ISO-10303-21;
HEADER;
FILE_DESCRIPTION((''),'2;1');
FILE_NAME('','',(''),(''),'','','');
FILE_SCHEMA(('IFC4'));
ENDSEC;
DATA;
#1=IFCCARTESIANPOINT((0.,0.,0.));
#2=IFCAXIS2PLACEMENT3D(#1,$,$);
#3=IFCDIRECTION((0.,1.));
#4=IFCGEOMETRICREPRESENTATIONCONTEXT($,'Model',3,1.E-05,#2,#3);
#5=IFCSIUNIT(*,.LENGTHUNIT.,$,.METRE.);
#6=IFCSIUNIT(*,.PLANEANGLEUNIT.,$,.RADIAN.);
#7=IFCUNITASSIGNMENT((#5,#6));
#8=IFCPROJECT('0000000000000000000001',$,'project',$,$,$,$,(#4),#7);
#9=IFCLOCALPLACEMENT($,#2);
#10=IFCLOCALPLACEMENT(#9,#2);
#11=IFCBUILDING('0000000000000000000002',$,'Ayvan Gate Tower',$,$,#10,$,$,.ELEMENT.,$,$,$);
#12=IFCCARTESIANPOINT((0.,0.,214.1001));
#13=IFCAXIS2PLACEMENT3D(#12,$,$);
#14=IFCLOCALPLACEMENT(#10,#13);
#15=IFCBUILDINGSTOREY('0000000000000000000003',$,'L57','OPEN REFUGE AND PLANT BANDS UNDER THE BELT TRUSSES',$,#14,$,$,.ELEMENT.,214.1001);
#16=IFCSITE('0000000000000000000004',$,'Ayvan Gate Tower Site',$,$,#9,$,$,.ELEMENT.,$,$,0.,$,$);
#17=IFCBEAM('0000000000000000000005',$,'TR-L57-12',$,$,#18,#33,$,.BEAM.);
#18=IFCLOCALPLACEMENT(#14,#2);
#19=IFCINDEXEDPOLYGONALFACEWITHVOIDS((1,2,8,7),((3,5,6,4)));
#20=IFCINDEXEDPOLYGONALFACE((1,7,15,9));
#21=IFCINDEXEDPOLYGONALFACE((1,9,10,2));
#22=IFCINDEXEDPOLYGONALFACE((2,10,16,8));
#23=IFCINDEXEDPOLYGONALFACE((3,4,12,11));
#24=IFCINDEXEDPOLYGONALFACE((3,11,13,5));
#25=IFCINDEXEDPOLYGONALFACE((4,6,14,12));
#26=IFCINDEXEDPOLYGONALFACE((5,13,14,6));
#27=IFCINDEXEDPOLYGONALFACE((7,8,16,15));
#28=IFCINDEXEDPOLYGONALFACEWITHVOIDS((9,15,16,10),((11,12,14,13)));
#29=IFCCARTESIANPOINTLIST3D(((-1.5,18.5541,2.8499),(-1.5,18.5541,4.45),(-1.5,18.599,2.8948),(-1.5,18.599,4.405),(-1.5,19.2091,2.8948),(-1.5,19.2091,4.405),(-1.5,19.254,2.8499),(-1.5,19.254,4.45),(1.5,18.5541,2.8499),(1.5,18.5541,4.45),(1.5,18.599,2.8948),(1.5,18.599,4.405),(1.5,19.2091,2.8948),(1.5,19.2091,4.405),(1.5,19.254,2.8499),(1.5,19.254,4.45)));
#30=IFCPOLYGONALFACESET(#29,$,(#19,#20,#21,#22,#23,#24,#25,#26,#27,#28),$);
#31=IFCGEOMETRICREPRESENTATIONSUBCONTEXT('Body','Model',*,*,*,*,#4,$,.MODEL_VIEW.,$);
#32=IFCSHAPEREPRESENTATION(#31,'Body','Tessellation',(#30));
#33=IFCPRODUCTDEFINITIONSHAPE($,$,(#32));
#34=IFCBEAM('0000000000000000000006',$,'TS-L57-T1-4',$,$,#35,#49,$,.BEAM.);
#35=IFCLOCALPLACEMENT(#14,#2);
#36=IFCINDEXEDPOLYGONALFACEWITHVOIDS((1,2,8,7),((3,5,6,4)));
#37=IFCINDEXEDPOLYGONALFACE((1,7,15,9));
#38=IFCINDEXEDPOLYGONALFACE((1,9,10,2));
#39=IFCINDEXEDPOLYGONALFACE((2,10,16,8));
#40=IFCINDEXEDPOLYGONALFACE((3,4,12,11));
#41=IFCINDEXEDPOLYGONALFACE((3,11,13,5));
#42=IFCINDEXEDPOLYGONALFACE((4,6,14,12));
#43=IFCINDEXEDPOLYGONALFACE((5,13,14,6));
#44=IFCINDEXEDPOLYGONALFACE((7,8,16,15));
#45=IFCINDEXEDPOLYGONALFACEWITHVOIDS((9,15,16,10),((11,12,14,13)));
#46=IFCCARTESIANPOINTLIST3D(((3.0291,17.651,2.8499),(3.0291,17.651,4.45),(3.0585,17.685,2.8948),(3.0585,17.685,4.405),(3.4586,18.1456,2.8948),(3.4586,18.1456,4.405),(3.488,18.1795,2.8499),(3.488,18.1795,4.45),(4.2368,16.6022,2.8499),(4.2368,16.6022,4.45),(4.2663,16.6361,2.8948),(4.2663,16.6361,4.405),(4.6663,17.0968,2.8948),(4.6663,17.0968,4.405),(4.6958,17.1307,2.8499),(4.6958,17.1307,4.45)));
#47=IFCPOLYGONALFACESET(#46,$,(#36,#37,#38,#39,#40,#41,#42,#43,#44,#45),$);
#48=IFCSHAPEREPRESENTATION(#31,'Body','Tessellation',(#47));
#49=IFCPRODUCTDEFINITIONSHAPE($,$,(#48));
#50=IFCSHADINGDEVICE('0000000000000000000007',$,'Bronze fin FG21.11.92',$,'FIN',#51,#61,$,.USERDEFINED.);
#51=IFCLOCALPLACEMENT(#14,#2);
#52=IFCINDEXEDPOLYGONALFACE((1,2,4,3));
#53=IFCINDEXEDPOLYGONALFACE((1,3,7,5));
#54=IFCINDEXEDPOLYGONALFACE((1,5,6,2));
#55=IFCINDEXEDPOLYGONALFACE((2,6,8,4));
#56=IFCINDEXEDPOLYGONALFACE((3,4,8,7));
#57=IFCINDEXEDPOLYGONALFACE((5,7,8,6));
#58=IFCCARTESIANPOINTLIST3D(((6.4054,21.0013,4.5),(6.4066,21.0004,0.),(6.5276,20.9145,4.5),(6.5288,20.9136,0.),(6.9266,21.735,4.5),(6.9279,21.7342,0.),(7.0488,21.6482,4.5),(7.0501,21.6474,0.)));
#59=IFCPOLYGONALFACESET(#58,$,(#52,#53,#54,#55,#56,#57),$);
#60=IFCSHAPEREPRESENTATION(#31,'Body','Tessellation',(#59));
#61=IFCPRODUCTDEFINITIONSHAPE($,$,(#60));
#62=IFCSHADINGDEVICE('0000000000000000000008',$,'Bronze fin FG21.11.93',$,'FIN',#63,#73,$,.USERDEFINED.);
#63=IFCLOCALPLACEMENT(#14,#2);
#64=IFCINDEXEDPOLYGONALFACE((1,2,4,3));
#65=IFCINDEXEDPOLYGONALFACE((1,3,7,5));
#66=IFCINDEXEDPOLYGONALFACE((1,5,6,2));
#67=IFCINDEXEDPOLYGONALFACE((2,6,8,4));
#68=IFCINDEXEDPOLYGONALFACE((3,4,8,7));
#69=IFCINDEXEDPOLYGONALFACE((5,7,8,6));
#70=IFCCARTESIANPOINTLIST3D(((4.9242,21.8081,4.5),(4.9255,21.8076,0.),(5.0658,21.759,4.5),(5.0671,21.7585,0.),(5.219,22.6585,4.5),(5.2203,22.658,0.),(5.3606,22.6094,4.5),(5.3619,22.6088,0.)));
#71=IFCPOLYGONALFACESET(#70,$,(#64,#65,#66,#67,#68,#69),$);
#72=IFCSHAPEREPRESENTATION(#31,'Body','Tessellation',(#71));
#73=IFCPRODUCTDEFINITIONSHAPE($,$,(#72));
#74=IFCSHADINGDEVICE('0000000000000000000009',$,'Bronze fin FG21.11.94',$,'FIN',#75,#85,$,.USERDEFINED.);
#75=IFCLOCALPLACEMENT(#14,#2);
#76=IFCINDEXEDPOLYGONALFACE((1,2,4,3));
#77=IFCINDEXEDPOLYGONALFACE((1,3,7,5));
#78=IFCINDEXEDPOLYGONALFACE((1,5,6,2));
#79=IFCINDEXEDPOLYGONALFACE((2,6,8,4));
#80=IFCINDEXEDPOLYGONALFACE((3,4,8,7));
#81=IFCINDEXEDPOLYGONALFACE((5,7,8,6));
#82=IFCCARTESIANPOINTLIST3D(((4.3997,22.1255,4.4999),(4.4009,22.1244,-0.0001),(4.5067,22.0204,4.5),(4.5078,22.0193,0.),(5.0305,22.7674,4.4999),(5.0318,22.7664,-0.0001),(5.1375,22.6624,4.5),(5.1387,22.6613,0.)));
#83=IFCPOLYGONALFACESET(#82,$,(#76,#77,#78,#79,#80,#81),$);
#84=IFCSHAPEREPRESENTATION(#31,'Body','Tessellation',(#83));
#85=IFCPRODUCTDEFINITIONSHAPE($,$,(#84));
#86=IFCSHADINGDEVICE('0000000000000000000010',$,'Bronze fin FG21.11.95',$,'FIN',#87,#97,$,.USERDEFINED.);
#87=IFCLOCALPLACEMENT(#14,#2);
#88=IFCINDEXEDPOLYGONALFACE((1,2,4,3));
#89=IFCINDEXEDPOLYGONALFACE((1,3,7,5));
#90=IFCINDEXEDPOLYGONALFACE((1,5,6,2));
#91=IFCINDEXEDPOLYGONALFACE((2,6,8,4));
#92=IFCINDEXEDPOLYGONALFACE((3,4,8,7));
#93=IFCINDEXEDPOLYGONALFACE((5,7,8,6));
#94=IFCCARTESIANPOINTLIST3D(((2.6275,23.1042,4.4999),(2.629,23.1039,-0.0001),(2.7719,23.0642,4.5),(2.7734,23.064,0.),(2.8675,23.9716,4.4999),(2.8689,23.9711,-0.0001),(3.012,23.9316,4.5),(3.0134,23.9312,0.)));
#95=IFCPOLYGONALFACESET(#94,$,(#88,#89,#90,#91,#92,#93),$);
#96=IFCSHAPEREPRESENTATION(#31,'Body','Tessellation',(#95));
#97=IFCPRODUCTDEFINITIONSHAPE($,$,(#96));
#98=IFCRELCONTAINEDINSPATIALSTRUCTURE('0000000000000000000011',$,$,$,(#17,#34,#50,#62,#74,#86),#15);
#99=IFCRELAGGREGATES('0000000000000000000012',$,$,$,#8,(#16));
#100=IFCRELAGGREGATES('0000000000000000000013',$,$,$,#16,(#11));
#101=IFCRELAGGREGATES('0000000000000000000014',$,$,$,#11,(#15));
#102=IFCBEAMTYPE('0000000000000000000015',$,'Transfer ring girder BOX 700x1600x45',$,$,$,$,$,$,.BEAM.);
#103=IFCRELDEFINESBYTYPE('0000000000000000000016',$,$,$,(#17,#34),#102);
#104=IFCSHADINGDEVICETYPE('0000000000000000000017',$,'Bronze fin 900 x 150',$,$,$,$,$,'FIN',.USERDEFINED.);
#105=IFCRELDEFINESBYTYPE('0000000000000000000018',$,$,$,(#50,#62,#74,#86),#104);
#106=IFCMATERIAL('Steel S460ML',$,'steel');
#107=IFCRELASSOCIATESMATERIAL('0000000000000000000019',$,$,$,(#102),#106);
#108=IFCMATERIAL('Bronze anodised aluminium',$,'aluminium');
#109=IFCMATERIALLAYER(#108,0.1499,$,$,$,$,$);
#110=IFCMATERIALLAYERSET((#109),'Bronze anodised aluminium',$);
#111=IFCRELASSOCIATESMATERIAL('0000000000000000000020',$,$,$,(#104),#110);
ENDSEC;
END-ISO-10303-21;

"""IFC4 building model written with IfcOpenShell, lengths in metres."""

from ifc_helpers import new_model, si_unit, direction, frame, origin, origin_2d, place, context, subcontext, project, spatial, polyline, hollow_rectangle, outline, extrude, material, layer, layer_set, material_profile, profile_set, type_object, element, save


model = new_model("IFC4")

# Units and contexts
model_context = context("Model", 3, precision=1e-05, world=origin(), true_north=direction((0.0, 1.0)))
body_context = subcontext(model_context, "Body", "Model", "MODEL_VIEW")
ifc_project = project(units=[si_unit("LENGTHUNIT", "METRE"), si_unit("PLANEANGLEUNIT", "RADIAN")], contexts=[model_context])

# Site, building, storey
site_placement = place(None, origin())
site = spatial("IfcSite", under=ifc_project, at=site_placement, Name="Ayvan Gate Tower Site", CompositionType="ELEMENT", RefElevation=0.0)
building_placement = place(site_placement, origin())
building = spatial("IfcBuilding", under=site, at=building_placement, Name="Ayvan Gate Tower", CompositionType="ELEMENT")
storey_placement = place(building_placement, frame((0.0, 0.0, 214.1001)))
storey = spatial("IfcBuildingStorey", under=building, at=storey_placement, Name="L57", Description="OPEN REFUGE AND PLANT BANDS UNDER THE BELT TRUSSES", CompositionType="ELEMENT", Elevation=214.1001)

# Shared definitions
ifc_material_1 = material(Name="Steel S460ML", Category="steel")

# Beams
ifc_material_profile_1 = material_profile(ifc_material_1, hollow_rectangle(XDim=0.7, YDim=1.6001, WallThickness=0.0449, at=origin_2d()), Name="BOX 700x1600x45")
ifc_profile_set_1 = profile_set([ifc_material_profile_1], Name="Steel S460ML")
beam_type_1 = type_object("IfcBeamType", Name="Transfer ring girder BOX 700x1600x45", PredefinedType="BEAM", material=ifc_profile_set_1)
beam_1_placement = place(storey_placement, frame((1.5, 18.9041, 3.6499), z_axis=(-1.0, 0.0, 0.0), x_axis=(0.0, -1.0, 0.0)))
element("IfcBeam", 1, at=beam_1_placement, inside=storey, type_object=beam_type_1, Name="TR-L57-12", PredefinedType="BEAM", context=body_context, shape_type="SweptSolid", body=[
    extrude(hollow_rectangle(XDim=0.7, YDim=1.6001, WallThickness=0.0449, at=origin_2d()), origin(), (0.0, 0.0, 1.0), 3.0),
])
beam_2_placement = place(storey_placement, frame((3.2585, 17.9153, 3.6499), z_axis=(0.755039, -0.65568, 0.0), x_axis=(0.65568, 0.755039, 0.0)))
element("IfcBeam", 2, at=beam_2_placement, inside=storey, type_object=beam_type_1, Name="TS-L57-T1-4", PredefinedType="BEAM", context=body_context, shape_type="SweptSolid", body=[
    extrude(hollow_rectangle(XDim=0.7, YDim=1.6001, WallThickness=0.0449, at=origin_2d()), origin(), (0.0, 0.0, 1.0), 1.5996),
])

# Shading devices
ifc_material_2 = material(Name="Bronze anodised aluminium", Category="aluminium")
ifc_layer_1 = layer(ifc_material_2, 0.1499)
ifc_layer_set_1 = layer_set([ifc_layer_1], Name="Bronze anodised aluminium")
shading_device_type = type_object("IfcShadingDeviceType", Name="Bronze fin 900 x 150", ElementType="FIN", PredefinedType="USERDEFINED", material=ifc_layer_set_1)
shading_device_1_placement = place(storey_placement, frame((6.5288, 20.9136, 0.0), z_axis=(0.815243, -0.579119, 0.000331), x_axis=(0.579119, 0.815243, 0.0)))
element("IfcShadingDevice", 3, at=shading_device_1_placement, inside=storey, type_object=shading_device_type, Name="Bronze fin FG21.11.92", ObjectType="FIN", PredefinedType="USERDEFINED", context=body_context, shape_type="SweptSolid", body=[
    extrude(outline(polyline([(0.0, 0.0), (0.9002, 0.0), (0.9, 4.5), (0.0001, 4.5), (0.0, 0.0)])), origin(), (0.0, 0.0, -1.0), 0.1499),
])
shading_device_2_placement = place(storey_placement, frame((5.0671, 21.7585, 0.0), z_axis=(0.944831, -0.327558, 0.000317), x_axis=(0.327558, 0.944831, 0.0)))
element("IfcShadingDevice", 4, at=shading_device_2_placement, inside=storey, type_object=shading_device_type, Name="Bronze fin FG21.11.93", ObjectType="FIN", PredefinedType="USERDEFINED", context=body_context, shape_type="SweptSolid", body=[
    extrude(outline(polyline([(0.0, 0.0), (0.9, 0.0), (0.9, 4.5), (0.0, 4.5), (0.0, 0.0)])), origin(), (0.0, 0.0, -1.0), 0.1499),
])
shading_device_3_placement = place(storey_placement, frame((4.5078, 22.0193, 0.0), z_axis=(0.713251, -0.700909, 0.000365), x_axis=(0.700909, 0.713251, 0.0)))
element("IfcShadingDevice", 5, at=shading_device_3_placement, inside=storey, type_object=shading_device_type, Name="Bronze fin FG21.11.94", ObjectType="FIN", PredefinedType="USERDEFINED", context=body_context, shape_type="SweptSolid", body=[
    extrude(outline(polyline([(0.0, 0.0), (0.9001, 0.0), (0.9, 4.5), (0.0, 4.5), (0.0, 0.0)])), origin(), (0.0, 0.0, -1.0), 0.1499),
])
shading_device_4_placement = place(storey_placement, frame((2.7734, 23.064, 0.0), z_axis=(0.963784, -0.266685, 0.000335), x_axis=(0.266685, 0.963784, 0.0)))
element("IfcShadingDevice", 6, at=shading_device_4_placement, inside=storey, type_object=shading_device_type, Name="Bronze fin FG21.11.95", ObjectType="FIN", PredefinedType="USERDEFINED", context=body_context, shape_type="SweptSolid", body=[
    extrude(outline(polyline([(0.0, 0.0), (0.8998, 0.0), (0.8999, 4.5), (-0.0002, 4.5), (0.0, 0.0)])), origin(), (0.0, 0.0, -1.0), 0.1499),
])

save(model, "model.ifc")
